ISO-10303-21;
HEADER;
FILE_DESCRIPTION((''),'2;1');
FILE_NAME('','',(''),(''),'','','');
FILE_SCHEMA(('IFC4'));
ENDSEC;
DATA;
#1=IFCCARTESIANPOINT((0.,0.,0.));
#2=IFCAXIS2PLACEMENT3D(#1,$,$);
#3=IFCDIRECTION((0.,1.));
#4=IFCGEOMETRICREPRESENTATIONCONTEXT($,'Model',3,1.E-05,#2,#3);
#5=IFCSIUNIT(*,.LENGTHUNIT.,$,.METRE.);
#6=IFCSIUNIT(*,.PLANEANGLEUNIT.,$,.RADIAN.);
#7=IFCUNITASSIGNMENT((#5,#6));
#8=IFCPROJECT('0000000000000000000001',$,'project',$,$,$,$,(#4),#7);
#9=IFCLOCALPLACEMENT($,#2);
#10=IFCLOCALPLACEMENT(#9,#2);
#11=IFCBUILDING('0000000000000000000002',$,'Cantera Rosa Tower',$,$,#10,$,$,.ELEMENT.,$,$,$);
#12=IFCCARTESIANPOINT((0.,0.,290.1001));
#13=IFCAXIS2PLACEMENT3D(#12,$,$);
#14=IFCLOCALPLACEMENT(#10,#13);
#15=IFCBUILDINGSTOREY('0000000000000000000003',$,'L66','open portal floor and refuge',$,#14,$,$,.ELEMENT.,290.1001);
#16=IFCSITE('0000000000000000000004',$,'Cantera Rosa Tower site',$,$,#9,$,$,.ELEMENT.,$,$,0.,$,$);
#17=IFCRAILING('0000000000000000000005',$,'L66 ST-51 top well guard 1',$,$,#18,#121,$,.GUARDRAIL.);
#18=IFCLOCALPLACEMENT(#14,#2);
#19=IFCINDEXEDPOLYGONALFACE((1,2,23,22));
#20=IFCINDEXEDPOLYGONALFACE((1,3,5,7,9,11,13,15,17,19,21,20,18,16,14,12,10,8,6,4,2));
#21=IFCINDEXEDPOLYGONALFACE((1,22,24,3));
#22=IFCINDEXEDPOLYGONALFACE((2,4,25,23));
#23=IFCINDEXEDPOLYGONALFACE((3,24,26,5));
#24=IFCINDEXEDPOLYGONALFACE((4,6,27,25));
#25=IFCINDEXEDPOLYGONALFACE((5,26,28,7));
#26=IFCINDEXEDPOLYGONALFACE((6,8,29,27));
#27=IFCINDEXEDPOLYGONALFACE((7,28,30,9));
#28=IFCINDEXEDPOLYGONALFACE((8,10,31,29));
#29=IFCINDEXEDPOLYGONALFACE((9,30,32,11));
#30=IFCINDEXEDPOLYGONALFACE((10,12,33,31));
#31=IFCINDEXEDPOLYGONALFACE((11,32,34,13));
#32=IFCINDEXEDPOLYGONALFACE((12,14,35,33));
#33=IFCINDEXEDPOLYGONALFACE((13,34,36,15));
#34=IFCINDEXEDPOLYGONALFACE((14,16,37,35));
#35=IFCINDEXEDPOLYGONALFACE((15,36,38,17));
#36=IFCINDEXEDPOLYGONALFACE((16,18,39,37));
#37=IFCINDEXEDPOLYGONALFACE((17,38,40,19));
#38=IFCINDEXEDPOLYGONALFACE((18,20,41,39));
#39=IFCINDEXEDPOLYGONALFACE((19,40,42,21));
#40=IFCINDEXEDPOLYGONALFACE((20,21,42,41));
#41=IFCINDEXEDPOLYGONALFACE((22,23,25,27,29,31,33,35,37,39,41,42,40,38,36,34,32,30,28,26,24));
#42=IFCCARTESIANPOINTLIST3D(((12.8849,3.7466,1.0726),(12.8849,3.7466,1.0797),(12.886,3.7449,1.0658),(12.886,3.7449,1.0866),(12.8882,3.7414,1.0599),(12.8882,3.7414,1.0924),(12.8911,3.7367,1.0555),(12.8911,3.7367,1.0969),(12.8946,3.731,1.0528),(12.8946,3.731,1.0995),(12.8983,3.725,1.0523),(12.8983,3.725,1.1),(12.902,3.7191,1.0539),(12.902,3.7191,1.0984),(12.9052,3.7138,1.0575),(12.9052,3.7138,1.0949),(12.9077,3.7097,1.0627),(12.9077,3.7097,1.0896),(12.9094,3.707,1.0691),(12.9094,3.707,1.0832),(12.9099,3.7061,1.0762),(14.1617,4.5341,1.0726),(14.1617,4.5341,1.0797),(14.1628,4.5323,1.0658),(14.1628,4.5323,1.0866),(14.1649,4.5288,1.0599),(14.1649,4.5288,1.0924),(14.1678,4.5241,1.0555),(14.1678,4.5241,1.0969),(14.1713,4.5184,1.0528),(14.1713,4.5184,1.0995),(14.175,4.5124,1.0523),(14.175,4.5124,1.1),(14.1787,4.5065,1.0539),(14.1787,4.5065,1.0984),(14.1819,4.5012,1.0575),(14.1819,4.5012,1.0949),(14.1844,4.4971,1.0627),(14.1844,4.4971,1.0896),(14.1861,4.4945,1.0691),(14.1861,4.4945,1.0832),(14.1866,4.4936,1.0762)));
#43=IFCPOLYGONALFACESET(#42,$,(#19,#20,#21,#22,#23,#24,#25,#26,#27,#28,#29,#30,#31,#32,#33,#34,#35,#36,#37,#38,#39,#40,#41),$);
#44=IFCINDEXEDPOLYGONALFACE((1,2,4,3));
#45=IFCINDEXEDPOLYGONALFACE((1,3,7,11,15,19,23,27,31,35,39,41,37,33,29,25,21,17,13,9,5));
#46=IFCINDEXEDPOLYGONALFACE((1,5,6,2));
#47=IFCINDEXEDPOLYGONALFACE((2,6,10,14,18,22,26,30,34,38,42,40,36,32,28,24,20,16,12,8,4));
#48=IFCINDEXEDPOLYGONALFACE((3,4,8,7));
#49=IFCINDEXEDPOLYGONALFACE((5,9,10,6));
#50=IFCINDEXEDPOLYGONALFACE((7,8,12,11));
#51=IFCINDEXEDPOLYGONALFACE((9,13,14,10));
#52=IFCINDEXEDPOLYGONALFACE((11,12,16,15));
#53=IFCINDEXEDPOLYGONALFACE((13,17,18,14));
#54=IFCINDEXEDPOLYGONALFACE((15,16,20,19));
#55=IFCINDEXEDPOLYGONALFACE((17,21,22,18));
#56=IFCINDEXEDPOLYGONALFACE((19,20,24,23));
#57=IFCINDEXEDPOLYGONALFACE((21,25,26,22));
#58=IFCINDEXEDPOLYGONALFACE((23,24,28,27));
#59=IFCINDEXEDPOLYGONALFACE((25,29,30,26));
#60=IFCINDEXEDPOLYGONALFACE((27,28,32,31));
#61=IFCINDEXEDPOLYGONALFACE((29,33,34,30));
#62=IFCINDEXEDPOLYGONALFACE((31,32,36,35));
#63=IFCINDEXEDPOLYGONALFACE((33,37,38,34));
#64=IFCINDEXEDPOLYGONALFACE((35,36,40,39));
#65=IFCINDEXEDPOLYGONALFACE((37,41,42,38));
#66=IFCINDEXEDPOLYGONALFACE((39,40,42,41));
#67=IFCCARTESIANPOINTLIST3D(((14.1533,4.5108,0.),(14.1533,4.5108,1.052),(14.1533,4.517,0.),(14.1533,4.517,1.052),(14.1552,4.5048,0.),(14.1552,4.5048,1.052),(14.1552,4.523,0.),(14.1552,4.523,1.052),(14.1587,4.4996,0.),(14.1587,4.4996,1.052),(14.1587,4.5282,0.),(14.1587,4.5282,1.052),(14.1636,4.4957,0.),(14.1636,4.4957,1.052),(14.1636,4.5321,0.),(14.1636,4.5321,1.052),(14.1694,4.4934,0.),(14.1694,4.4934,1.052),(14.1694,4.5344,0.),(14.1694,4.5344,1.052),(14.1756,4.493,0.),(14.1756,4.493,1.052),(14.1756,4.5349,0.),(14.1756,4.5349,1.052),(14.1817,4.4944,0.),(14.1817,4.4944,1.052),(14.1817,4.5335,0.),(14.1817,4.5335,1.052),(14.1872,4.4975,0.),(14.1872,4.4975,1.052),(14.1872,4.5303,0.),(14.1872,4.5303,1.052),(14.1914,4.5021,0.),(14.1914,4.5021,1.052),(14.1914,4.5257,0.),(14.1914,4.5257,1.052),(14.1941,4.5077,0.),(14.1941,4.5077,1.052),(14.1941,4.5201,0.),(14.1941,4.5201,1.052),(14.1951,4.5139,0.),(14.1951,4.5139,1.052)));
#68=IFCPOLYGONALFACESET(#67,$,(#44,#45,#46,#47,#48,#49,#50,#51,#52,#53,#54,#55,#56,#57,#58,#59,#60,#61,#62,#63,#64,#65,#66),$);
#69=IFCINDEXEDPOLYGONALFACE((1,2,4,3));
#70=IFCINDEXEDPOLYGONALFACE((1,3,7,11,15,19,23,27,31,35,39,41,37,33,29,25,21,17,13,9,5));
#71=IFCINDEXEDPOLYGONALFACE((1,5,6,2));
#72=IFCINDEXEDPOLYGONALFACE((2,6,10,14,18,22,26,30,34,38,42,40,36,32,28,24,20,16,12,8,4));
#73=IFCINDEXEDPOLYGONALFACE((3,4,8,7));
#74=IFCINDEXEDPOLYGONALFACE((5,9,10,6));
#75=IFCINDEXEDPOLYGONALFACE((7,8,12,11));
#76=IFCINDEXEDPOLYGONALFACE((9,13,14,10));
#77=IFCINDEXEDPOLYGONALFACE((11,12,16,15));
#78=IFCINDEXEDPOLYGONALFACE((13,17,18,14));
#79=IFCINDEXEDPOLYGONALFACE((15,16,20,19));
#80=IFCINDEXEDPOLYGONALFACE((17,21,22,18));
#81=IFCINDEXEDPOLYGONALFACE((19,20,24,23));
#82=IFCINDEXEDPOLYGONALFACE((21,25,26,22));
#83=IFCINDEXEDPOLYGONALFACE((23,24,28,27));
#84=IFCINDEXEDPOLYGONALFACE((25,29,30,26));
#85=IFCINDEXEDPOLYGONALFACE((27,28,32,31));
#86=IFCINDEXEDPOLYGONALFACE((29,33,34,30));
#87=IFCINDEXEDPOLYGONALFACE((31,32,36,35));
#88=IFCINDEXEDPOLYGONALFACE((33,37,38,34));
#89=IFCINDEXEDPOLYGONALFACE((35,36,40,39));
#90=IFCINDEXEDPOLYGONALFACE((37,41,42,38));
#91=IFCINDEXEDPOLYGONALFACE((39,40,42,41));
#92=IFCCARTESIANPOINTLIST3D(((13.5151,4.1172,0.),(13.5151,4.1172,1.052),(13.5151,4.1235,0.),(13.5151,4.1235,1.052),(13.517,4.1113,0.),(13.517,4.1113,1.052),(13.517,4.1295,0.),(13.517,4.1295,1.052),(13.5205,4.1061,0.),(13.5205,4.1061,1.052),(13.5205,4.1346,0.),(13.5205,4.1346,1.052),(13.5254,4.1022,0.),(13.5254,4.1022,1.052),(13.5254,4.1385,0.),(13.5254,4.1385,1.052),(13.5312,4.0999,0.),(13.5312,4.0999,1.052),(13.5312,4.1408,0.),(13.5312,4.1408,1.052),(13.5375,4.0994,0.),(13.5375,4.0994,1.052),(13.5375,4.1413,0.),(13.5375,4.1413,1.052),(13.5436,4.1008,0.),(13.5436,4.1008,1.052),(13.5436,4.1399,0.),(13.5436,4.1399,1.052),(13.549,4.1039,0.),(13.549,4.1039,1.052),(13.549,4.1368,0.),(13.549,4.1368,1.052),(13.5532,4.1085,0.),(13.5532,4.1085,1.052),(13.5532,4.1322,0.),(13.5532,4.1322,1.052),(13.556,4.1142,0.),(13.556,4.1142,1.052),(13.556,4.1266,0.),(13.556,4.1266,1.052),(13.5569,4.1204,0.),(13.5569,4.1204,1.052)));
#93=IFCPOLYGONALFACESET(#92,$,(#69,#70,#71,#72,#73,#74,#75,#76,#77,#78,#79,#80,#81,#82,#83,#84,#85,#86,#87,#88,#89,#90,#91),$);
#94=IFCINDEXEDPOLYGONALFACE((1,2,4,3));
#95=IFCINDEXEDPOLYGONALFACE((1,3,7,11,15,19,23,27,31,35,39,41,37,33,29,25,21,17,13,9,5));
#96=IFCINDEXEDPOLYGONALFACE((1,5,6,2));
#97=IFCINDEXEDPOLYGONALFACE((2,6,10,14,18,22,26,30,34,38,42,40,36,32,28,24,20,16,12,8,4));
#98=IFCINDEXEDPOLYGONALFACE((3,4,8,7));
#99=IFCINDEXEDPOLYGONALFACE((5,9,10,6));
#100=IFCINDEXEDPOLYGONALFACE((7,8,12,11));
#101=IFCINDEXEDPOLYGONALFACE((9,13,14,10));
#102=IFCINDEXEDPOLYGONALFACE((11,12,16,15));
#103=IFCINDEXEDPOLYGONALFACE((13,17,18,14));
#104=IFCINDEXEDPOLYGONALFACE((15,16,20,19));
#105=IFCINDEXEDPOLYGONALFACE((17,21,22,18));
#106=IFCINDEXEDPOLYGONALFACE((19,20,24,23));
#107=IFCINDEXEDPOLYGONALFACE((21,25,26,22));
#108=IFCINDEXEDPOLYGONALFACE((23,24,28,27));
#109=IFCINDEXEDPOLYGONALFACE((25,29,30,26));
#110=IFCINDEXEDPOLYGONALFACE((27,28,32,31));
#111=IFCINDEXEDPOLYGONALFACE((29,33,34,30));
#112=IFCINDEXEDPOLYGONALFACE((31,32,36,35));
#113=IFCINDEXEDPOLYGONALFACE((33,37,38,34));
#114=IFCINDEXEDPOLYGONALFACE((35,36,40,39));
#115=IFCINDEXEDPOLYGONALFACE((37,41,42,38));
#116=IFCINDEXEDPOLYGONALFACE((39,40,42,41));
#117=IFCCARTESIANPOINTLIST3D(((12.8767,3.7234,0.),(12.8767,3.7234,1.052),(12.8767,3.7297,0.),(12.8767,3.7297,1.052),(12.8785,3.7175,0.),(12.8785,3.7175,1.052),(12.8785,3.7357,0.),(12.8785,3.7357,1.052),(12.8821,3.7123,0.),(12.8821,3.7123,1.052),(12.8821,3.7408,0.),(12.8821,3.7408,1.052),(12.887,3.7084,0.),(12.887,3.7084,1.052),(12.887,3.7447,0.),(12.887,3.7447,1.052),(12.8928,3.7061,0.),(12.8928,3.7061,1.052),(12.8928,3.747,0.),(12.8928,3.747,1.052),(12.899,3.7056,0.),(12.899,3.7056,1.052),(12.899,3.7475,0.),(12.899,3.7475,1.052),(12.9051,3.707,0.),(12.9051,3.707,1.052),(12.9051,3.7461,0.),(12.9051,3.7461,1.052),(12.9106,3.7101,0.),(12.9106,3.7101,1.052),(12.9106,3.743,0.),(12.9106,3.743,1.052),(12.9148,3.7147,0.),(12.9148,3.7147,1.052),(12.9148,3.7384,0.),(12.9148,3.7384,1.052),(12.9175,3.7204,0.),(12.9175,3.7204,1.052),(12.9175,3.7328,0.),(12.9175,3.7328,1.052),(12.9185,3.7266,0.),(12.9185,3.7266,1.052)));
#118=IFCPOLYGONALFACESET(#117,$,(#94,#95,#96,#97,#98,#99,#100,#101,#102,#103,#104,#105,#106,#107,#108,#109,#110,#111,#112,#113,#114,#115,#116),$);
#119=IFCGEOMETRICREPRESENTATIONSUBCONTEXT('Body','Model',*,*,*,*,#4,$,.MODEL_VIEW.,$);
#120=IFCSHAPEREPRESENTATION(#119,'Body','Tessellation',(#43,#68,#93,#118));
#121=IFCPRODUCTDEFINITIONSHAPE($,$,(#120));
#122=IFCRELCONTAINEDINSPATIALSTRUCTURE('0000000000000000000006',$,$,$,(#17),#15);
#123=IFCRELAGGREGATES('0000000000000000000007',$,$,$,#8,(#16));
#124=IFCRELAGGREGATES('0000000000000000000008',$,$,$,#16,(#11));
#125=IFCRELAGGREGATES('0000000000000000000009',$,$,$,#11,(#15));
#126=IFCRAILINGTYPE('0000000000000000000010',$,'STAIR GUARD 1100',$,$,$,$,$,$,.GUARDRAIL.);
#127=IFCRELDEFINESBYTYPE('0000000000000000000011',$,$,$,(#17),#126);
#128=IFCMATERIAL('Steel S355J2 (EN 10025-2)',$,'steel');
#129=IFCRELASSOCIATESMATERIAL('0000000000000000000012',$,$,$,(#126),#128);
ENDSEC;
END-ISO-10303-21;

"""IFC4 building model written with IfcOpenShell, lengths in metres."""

from ifc_helpers import new_model, si_unit, direction, frame, origin, origin_2d, place, context, subcontext, project, spatial, circle, extrude, material, type_object, element, save


model = new_model("IFC4")

# Units and contexts
model_context = context("Model", 3, precision=1e-05, world=origin(), true_north=direction((0.0, 1.0)))
body_context = subcontext(model_context, "Body", "Model", "MODEL_VIEW")
ifc_project = project(units=[si_unit("LENGTHUNIT", "METRE"), si_unit("PLANEANGLEUNIT", "RADIAN")], contexts=[model_context])

# Site, building, storey
site_placement = place(None, origin())
site = spatial("IfcSite", under=ifc_project, at=site_placement, Name="Cantera Rosa Tower site", CompositionType="ELEMENT", RefElevation=0.0)
building_placement = place(site_placement, origin())
building = spatial("IfcBuilding", under=site, at=building_placement, Name="Cantera Rosa Tower", CompositionType="ELEMENT")
storey_placement = place(building_placement, frame((0.0, 0.0, 290.1001)))
storey = spatial("IfcBuildingStorey", under=building, at=storey_placement, Name="L66", Description="open portal floor and refuge", CompositionType="ELEMENT", Elevation=290.1001)

# Railing
ifc_material_1 = material(Name="Steel S355J2 (EN 10025-2)", Category="steel")
railing_type_1 = type_object("IfcRailingType", Name="STAIR GUARD 1100", PredefinedType="GUARDRAIL", material=ifc_material_1)
railing_1_placement = place(storey_placement, frame((14.1741, 4.5139, 0.0)))
element("IfcRailing", 1, at=railing_1_placement, inside=storey, type_object=railing_type_1, Name="L66 ST-51 top well guard 1", PredefinedType="GUARDRAIL", context=body_context, shape_type="SweptSolid", body=[
    extrude(circle(Radius=0.0239, at=origin_2d()), frame((0.0, 0.0, 1.0762), z_axis=(-0.851138, -0.524942, 0.0), x_axis=(0.524942, -0.851138, 0.0)), (0.0, 0.0, 1.0), 1.5),
    extrude(circle(Radius=0.021, at=origin_2d()), origin(), (0.0, 0.0, 1.0), 1.052),
    extrude(circle(Radius=0.021, at=origin_2d()), frame((-0.6382, -0.3936, 0.0)), (0.0, 0.0, 1.0), 1.052),
    extrude(circle(Radius=0.021, at=origin_2d()), frame((-1.2766, -0.7874, 0.0)), (0.0, 0.0, 1.0), 1.052),
])

save(model, "model.ifc")
